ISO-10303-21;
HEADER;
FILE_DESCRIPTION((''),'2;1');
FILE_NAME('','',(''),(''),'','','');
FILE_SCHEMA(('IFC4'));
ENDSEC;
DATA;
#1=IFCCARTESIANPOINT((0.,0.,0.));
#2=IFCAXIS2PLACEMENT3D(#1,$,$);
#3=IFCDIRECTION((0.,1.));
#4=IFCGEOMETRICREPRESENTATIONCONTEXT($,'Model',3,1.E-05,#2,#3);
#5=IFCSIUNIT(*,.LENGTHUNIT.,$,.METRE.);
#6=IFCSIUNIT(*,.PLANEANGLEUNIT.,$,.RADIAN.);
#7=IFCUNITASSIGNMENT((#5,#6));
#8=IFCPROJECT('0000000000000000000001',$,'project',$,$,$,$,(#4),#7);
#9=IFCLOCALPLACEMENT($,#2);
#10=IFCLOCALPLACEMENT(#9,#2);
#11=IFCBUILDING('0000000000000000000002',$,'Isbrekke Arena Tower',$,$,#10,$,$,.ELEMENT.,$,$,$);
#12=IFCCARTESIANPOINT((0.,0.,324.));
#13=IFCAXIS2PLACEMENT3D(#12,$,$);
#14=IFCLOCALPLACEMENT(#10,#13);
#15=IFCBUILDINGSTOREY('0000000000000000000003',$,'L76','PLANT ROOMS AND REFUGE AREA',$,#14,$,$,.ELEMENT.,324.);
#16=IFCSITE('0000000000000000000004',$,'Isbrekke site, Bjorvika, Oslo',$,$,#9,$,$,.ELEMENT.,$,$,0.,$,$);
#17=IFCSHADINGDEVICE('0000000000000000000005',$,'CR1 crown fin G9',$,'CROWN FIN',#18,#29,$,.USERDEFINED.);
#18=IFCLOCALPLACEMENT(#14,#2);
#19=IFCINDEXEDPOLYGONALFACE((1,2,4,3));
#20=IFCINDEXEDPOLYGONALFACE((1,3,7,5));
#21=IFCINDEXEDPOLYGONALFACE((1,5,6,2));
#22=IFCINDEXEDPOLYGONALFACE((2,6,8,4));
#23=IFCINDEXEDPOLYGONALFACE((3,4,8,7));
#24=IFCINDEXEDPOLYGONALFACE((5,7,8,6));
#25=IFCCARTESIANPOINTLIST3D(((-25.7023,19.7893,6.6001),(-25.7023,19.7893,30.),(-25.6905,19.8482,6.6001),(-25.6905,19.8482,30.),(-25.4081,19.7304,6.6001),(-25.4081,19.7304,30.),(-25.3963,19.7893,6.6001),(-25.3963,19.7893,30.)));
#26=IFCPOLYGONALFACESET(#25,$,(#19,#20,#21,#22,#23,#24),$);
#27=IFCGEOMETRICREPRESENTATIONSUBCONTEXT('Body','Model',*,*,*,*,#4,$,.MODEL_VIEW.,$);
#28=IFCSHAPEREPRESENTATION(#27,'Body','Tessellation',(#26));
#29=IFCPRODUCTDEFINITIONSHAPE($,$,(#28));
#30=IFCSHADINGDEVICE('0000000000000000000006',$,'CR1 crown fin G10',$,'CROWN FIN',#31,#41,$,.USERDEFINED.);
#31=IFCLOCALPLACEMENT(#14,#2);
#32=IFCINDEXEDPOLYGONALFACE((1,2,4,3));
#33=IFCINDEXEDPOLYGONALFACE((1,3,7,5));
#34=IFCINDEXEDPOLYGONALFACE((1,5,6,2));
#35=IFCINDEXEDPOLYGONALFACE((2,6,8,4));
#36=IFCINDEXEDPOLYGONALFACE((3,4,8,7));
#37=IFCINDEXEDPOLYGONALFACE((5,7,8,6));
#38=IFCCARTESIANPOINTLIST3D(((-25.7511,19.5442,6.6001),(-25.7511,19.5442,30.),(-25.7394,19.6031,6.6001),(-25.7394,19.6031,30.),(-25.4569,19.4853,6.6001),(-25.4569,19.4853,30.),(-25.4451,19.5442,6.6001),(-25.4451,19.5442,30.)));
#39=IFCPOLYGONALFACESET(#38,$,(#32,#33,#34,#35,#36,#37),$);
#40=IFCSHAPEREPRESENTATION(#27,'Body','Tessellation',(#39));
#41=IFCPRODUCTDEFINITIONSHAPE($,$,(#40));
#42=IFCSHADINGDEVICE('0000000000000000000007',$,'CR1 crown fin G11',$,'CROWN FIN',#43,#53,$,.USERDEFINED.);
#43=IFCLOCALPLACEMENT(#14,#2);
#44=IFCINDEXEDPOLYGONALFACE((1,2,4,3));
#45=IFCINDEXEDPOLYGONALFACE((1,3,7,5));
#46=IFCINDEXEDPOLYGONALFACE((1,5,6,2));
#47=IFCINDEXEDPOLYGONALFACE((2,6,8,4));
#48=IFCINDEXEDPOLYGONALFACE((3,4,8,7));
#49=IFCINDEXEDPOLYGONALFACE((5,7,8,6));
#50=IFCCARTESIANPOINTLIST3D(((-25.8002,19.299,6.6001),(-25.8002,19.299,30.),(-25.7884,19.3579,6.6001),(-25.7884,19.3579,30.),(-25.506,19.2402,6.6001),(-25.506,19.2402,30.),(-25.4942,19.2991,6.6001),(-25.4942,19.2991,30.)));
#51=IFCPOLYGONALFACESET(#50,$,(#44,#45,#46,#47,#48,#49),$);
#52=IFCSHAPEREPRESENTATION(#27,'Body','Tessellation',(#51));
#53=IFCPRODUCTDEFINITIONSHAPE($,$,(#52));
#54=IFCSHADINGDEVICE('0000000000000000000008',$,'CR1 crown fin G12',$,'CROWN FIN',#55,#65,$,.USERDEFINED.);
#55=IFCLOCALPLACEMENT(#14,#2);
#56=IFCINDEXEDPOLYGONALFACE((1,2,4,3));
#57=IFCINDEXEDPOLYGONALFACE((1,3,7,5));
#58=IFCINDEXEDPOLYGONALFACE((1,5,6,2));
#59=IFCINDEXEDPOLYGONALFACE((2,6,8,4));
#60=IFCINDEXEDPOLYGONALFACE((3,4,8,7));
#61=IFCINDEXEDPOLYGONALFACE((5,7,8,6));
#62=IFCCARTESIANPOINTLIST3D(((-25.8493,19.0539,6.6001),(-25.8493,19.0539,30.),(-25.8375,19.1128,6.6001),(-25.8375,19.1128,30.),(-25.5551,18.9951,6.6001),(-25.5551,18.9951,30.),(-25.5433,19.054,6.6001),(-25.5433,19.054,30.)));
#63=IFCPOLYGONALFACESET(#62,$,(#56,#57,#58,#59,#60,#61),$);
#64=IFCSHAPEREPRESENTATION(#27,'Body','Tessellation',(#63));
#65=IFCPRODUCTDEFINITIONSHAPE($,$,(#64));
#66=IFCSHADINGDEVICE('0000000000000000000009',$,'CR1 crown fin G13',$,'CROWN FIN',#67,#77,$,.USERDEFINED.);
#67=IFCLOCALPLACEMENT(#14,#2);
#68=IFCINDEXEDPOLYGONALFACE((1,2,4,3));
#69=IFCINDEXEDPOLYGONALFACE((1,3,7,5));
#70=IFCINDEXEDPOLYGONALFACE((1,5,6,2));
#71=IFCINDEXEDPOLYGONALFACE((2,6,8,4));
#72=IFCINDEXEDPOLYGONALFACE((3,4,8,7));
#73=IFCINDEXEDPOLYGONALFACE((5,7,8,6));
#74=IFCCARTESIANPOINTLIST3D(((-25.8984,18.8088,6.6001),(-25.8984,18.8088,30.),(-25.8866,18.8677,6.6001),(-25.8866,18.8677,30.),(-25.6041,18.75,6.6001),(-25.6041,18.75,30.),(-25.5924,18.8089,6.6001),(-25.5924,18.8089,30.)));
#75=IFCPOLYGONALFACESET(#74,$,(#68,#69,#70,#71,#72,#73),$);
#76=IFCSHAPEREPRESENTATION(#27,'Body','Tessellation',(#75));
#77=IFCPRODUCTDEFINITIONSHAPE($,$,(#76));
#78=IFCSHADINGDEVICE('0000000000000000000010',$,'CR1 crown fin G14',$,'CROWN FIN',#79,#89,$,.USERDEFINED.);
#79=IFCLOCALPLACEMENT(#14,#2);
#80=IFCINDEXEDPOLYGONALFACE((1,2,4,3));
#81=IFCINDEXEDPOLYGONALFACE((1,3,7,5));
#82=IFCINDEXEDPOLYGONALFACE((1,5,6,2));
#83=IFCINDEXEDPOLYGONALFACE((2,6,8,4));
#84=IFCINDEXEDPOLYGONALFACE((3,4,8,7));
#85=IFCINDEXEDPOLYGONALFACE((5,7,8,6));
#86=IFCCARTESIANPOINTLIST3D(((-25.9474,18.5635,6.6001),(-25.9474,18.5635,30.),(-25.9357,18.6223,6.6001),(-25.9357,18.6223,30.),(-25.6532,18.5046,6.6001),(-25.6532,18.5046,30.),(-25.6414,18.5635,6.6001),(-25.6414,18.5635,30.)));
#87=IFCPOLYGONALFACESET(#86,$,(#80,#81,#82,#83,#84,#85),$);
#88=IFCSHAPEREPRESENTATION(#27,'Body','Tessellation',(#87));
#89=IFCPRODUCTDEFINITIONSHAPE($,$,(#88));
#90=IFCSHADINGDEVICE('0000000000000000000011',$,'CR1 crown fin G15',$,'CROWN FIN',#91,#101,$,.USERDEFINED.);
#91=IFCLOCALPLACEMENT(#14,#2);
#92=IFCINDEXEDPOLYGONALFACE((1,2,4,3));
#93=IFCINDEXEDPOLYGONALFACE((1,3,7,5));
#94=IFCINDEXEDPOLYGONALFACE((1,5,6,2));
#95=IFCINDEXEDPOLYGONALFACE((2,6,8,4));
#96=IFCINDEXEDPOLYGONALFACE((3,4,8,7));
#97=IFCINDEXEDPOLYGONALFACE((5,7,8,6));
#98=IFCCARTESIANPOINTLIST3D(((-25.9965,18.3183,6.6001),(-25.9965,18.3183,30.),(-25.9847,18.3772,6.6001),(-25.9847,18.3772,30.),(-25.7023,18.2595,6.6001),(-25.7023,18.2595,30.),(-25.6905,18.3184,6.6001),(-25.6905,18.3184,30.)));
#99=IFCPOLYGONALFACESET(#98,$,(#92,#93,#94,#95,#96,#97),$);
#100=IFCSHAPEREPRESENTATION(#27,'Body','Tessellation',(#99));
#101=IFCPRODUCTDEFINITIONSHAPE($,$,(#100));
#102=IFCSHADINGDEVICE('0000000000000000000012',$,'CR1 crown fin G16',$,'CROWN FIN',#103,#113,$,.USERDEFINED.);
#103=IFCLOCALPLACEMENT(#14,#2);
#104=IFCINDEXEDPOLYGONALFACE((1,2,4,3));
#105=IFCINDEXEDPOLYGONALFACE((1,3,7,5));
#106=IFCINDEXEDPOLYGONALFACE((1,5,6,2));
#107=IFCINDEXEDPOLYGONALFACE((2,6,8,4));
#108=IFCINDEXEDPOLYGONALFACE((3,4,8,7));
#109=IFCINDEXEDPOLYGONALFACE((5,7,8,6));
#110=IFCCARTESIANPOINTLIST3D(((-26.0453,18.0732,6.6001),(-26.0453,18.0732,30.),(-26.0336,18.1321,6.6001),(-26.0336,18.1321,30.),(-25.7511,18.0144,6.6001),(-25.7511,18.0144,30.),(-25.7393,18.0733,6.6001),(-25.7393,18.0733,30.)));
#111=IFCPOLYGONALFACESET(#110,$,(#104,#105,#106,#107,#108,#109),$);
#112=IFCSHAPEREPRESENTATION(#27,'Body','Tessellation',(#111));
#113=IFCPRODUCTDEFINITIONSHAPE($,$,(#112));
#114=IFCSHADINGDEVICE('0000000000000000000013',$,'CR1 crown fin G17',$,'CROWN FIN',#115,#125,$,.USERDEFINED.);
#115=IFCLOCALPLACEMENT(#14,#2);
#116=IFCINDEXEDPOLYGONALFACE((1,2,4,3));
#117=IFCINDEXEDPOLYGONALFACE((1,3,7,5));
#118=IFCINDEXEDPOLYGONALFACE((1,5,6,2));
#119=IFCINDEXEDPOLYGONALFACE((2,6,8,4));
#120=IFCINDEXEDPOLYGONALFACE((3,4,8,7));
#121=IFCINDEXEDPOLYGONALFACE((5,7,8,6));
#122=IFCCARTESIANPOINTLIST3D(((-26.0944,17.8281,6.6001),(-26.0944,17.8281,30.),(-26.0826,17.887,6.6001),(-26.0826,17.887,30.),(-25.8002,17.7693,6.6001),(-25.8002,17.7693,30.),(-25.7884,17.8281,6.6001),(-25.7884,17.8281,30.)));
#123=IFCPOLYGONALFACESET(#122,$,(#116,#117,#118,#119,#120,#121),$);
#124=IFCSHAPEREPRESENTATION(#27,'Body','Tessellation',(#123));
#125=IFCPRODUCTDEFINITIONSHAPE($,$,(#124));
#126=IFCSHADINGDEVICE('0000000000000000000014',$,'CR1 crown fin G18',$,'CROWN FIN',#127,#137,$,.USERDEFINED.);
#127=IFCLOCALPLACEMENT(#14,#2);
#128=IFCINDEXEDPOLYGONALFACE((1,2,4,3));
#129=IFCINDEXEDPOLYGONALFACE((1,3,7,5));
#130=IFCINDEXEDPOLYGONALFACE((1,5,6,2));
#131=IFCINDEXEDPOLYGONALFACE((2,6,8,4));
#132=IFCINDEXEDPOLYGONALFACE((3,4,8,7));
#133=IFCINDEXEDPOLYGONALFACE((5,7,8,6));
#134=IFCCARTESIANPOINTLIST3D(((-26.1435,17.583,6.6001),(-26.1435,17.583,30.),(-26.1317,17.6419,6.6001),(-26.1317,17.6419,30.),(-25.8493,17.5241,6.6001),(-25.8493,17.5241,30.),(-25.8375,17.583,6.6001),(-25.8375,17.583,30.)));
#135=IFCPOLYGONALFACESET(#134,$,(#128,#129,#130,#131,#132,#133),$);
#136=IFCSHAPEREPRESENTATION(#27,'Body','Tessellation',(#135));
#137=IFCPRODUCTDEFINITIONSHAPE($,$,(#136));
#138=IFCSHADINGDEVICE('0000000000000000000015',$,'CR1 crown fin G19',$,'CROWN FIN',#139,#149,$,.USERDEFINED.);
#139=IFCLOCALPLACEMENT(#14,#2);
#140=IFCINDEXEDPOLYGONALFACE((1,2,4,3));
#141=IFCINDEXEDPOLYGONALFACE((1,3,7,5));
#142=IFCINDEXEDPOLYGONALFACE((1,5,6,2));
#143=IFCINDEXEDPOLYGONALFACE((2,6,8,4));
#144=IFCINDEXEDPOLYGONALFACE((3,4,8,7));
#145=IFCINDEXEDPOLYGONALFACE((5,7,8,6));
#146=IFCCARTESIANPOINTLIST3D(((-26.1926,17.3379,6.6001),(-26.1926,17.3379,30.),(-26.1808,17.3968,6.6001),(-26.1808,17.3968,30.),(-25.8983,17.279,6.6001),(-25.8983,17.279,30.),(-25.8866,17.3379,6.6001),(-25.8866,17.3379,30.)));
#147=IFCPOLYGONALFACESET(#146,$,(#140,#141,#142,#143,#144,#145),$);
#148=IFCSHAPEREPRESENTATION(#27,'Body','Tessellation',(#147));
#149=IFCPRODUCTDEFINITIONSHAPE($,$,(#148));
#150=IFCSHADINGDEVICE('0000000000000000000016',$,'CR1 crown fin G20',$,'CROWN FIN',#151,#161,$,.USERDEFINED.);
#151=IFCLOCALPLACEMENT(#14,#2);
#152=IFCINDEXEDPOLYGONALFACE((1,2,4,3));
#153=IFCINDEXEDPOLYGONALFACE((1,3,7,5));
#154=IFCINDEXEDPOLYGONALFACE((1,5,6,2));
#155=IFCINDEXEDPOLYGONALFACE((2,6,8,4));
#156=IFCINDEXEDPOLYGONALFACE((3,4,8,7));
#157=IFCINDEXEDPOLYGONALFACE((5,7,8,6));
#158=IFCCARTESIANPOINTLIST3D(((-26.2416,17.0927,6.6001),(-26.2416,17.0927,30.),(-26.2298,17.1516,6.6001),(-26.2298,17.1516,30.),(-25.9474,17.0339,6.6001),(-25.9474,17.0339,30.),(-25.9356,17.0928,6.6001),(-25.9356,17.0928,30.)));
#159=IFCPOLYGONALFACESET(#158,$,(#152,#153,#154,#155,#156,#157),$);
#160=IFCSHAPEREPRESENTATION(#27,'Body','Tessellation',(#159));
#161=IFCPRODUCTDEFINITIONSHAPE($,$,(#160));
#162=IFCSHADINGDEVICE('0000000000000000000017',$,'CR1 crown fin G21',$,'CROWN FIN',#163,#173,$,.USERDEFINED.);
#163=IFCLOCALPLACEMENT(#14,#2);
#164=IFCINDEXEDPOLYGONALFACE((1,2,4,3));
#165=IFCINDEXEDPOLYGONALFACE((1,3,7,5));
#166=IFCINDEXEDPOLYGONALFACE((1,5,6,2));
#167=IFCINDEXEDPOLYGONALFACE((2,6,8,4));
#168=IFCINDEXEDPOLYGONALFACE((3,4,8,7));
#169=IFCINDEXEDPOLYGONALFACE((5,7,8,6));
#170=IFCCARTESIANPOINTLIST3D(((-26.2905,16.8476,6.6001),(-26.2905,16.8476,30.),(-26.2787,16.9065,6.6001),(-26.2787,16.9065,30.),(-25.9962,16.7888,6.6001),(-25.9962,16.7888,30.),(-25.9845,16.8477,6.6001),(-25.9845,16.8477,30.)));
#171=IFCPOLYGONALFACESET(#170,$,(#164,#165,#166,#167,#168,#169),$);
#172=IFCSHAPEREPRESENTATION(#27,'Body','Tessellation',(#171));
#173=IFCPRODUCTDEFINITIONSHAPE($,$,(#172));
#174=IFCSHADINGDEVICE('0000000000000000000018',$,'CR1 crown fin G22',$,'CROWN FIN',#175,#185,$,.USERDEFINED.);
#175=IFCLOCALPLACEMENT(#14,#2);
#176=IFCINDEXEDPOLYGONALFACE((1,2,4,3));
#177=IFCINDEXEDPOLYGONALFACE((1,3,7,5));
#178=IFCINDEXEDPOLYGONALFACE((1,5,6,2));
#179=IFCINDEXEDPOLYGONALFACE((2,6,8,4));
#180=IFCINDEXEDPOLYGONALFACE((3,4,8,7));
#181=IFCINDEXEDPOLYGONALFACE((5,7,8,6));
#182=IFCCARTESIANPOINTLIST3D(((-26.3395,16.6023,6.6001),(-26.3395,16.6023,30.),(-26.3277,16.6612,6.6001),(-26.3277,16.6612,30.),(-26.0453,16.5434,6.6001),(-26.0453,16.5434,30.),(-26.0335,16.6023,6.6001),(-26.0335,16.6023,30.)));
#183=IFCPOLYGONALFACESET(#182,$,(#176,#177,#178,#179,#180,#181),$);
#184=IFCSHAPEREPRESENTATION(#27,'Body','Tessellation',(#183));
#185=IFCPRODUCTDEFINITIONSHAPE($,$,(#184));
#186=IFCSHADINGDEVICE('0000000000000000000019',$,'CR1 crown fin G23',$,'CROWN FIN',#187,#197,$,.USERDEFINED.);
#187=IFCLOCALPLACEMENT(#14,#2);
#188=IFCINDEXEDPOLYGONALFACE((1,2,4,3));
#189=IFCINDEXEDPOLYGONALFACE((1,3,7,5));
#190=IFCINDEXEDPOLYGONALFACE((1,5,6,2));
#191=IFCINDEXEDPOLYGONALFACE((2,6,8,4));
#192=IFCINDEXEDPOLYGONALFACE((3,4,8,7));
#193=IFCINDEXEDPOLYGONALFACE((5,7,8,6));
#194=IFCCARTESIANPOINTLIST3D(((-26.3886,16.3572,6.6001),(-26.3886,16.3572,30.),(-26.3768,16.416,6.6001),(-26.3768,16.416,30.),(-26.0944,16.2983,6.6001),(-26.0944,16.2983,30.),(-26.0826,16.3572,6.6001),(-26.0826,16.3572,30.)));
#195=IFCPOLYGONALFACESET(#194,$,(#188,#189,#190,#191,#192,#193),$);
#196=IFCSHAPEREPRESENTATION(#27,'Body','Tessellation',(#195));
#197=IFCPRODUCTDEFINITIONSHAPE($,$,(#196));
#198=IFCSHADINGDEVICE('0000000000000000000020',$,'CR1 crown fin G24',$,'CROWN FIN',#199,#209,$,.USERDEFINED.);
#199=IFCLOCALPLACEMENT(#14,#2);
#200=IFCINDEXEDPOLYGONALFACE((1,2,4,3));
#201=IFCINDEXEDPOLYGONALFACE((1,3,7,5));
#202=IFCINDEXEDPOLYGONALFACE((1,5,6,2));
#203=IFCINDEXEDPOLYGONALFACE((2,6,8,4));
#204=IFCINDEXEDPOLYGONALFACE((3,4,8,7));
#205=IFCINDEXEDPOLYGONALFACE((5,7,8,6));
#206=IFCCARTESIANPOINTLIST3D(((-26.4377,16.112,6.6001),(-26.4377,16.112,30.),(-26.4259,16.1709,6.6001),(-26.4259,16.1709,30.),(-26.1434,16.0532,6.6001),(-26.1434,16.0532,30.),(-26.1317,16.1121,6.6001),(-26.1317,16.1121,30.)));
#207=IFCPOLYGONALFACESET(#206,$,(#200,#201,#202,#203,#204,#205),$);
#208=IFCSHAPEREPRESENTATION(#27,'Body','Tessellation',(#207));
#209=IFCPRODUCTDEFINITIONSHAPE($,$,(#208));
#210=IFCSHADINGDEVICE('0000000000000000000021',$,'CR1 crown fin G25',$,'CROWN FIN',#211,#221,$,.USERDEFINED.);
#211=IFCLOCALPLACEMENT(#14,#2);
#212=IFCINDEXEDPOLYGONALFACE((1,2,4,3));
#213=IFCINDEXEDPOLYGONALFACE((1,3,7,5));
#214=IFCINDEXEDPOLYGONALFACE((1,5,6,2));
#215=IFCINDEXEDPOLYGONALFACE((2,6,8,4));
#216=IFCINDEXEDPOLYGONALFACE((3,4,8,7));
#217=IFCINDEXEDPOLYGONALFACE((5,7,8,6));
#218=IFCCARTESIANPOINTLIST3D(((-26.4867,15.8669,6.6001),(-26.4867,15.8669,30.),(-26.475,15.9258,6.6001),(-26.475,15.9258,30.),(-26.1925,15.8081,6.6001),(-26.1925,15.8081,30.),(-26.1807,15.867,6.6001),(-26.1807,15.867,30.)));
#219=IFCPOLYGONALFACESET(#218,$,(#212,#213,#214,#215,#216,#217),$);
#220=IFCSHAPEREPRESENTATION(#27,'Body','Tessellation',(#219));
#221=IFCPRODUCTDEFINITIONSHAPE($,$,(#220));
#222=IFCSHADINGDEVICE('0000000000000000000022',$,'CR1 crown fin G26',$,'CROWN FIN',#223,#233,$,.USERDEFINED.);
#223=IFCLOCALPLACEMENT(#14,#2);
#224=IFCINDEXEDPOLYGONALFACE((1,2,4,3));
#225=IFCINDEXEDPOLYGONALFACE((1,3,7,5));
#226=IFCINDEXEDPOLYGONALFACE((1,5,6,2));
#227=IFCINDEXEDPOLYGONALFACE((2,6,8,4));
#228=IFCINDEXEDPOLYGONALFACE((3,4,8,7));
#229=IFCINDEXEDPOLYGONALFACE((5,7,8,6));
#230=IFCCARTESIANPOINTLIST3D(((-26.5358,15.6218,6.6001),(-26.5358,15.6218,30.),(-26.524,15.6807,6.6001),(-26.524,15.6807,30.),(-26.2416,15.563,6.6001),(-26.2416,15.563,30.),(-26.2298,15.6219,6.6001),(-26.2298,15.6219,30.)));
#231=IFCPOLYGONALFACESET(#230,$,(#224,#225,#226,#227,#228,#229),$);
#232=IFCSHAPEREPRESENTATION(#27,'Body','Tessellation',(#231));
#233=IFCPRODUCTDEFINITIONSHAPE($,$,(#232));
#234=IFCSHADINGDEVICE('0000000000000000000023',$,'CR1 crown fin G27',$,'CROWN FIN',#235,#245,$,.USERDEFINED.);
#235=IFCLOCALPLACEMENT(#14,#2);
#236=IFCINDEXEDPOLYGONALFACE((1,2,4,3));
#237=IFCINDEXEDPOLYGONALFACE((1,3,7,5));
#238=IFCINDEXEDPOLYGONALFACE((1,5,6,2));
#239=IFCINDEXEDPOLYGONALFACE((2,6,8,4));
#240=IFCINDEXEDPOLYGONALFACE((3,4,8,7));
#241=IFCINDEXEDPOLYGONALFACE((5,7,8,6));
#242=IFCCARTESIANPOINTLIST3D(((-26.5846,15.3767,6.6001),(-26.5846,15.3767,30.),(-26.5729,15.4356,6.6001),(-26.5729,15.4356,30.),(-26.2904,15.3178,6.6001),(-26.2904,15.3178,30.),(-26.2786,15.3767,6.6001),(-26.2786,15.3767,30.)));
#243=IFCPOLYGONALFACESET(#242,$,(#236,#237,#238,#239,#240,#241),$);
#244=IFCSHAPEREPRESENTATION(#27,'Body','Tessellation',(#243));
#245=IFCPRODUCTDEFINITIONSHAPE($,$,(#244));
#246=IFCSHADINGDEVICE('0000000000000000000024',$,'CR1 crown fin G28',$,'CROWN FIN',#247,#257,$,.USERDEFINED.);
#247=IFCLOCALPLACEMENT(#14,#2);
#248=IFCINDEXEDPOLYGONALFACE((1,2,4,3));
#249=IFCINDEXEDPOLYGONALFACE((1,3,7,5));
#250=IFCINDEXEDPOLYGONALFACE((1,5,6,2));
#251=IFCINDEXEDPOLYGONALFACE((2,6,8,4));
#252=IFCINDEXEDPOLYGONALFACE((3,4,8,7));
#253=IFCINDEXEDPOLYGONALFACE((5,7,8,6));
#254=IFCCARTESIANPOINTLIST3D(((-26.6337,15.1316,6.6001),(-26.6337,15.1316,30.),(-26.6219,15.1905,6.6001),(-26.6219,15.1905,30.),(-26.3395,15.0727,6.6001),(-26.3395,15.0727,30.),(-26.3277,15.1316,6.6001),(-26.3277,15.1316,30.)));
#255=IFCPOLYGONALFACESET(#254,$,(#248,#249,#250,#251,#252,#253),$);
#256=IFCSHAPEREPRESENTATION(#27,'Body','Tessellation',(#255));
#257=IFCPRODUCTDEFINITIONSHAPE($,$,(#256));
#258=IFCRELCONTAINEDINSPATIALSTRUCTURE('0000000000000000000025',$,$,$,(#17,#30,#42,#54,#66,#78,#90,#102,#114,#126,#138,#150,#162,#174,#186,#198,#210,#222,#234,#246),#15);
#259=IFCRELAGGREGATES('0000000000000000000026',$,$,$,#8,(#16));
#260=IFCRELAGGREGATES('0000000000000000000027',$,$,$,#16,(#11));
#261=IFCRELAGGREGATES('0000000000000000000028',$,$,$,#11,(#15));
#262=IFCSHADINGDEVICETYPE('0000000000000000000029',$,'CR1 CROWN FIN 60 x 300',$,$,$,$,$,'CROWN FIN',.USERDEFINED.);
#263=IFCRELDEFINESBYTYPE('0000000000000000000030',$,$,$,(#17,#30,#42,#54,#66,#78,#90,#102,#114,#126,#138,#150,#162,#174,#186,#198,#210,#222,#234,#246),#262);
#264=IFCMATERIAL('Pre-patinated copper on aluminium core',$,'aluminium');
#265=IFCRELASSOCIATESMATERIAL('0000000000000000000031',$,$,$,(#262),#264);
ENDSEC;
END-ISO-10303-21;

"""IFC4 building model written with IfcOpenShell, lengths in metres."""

from ifc_helpers import new_model, si_unit, direction, frame, origin, origin_2d, place, context, subcontext, project, spatial, rectangle, extrude, material, material_profile, profile_set, type_object, element, save


model = new_model("IFC4")

# Units and contexts
model_context = context("Model", 3, precision=1e-05, world=origin(), true_north=direction((0.0, 1.0)))
body_context = subcontext(model_context, "Body", "Model", "MODEL_VIEW")
ifc_project = project(units=[si_unit("LENGTHUNIT", "METRE"), si_unit("PLANEANGLEUNIT", "RADIAN")], contexts=[model_context])

# Site, building, storey
site_placement = place(None, origin())
site = spatial("IfcSite", under=ifc_project, at=site_placement, Name="Isbrekke site, Bjorvika, Oslo", CompositionType="ELEMENT", RefElevation=0.0)
building_placement = place(site_placement, origin())
building = spatial("IfcBuilding", under=site, at=building_placement, Name="Isbrekke Arena Tower", CompositionType="ELEMENT")
storey_placement = place(building_placement, frame((0.0, 0.0, 324.0)))
storey = spatial("IfcBuildingStorey", under=building, at=storey_placement, Name="L76", Description="PLANT ROOMS AND REFUGE AREA", CompositionType="ELEMENT", Elevation=324.0)

# Shading devices
ifc_material_1 = material(Name="Pre-patinated copper on aluminium core", Category="aluminium")
ifc_material_profile_1 = material_profile(ifc_material_1, rectangle(XDim=0.0601, YDim=0.3, at=origin_2d()), Name="FIN 60X300")
ifc_profile_set_1 = profile_set([ifc_material_profile_1], Name="Pre-patinated copper on aluminium core")
shading_device_type = type_object("IfcShadingDeviceType", Name="CR1 CROWN FIN 60 x 300", ElementType="CROWN FIN", PredefinedType="USERDEFINED", material=ifc_profile_set_1)
for number, where, z_axis, x_axis, name in (
    (1, (-25.5493, 19.7893, 6.6001), (0.0, 0.0, 1.0), (-0.196116, -0.980581, 0.0), "CR1 crown fin G9"),
    (2, (-25.5981, 19.5442, 6.6001), (0.0, 0.0, 1.0), (-0.196116, -0.980581, 0.0), "CR1 crown fin G10"),
    (3, (-25.6472, 19.2991, 6.6001), (0.0, 0.0, 1.0), (-0.196116, -0.980581, 0.0), "CR1 crown fin G11"),
    (4, (-25.6963, 19.054, 6.6001), (0.0, 0.0, 1.0), (-0.196116, -0.980581, 0.0), "CR1 crown fin G12"),
    (5, (-25.7454, 18.8088, 6.6001), (0.0, 0.0, 1.0), (-0.196116, -0.980581, 0.0), "CR1 crown fin G13"),
    (6, (-25.7944, 18.5635, 6.6001), (0.0, 0.0, 1.0), (-0.196116, -0.980581, 0.0), "CR1 crown fin G14"),
    (7, (-25.8435, 18.3184, 6.6001), (0.0, 0.0, 1.0), (-0.196116, -0.980581, 0.0), "CR1 crown fin G15"),
    (8, (-25.8923, 18.0732, 6.6001), (0.0, 0.0, 1.0), (-0.196116, -0.980581, 0.0), "CR1 crown fin G16"),
    (9, (-25.9414, 17.8281, 6.6001), (0.0, 0.0, 1.0), (-0.196116, -0.980581, 0.0), "CR1 crown fin G17"),
    (10, (-25.9905, 17.583, 6.6001), (0.0, 0.0, 1.0), (-0.196116, -0.980581, 0.0), "CR1 crown fin G18"),
    (11, (-26.0396, 17.3379, 6.6001), (0.0, 0.0, 1.0), (-0.196116, -0.980581, 0.0), "CR1 crown fin G19"),
    (12, (-26.0886, 17.0928, 6.6001), (0.0, 0.0, 1.0), (-0.196116, -0.980581, 0.0), "CR1 crown fin G20"),
    (13, (-26.1375, 16.8477, 6.6001), (0.0, 0.0, 1.0), (-0.196116, -0.980581, 0.0), "CR1 crown fin G21"),
    (14, (-26.1865, 16.6023, 6.6001), (0.0, 0.0, 1.0), (-0.196116, -0.980581, 0.0), "CR1 crown fin G22"),
    (15, (-26.2356, 16.3572, 6.6001), (0.0, 0.0, 1.0), (-0.196116, -0.980581, 0.0), "CR1 crown fin G23"),
    (16, (-26.2847, 16.1121, 6.6001), (0.0, 0.0, 1.0), (-0.196116, -0.980581, 0.0), "CR1 crown fin G24"),
    (17, (-26.3337, 15.8669, 6.6001), (0.0, 0.0, 1.0), (-0.196116, -0.980581, 0.0), "CR1 crown fin G25"),
    (18, (-26.3828, 15.6218, 6.6001), (0.0, 0.0, 1.0), (-0.196116, -0.980581, 0.0), "CR1 crown fin G26"),
    (19, (-26.4316, 15.3767, 6.6001), (0.0, 0.0, 1.0), (-0.196116, -0.980581, 0.0), "CR1 crown fin G27"),
    (20, (-26.4807, 15.1316, 6.6001), (0.0, 0.0, 1.0), (-0.196116, -0.980581, 0.0), "CR1 crown fin G28"),
):
    element("IfcShadingDevice", number, at=place(storey_placement, frame(where, z_axis=z_axis, x_axis=x_axis)), inside=storey, type_object=shading_device_type, Name=name, ObjectType="CROWN FIN", PredefinedType="USERDEFINED", context=body_context, shape_type="SweptSolid", body=[
        extrude(rectangle(XDim=0.0601, YDim=0.3, at=origin_2d()), origin(), (0.0, 0.0, 1.0), 23.3999),
    ])

save(model, "model.ifc")
